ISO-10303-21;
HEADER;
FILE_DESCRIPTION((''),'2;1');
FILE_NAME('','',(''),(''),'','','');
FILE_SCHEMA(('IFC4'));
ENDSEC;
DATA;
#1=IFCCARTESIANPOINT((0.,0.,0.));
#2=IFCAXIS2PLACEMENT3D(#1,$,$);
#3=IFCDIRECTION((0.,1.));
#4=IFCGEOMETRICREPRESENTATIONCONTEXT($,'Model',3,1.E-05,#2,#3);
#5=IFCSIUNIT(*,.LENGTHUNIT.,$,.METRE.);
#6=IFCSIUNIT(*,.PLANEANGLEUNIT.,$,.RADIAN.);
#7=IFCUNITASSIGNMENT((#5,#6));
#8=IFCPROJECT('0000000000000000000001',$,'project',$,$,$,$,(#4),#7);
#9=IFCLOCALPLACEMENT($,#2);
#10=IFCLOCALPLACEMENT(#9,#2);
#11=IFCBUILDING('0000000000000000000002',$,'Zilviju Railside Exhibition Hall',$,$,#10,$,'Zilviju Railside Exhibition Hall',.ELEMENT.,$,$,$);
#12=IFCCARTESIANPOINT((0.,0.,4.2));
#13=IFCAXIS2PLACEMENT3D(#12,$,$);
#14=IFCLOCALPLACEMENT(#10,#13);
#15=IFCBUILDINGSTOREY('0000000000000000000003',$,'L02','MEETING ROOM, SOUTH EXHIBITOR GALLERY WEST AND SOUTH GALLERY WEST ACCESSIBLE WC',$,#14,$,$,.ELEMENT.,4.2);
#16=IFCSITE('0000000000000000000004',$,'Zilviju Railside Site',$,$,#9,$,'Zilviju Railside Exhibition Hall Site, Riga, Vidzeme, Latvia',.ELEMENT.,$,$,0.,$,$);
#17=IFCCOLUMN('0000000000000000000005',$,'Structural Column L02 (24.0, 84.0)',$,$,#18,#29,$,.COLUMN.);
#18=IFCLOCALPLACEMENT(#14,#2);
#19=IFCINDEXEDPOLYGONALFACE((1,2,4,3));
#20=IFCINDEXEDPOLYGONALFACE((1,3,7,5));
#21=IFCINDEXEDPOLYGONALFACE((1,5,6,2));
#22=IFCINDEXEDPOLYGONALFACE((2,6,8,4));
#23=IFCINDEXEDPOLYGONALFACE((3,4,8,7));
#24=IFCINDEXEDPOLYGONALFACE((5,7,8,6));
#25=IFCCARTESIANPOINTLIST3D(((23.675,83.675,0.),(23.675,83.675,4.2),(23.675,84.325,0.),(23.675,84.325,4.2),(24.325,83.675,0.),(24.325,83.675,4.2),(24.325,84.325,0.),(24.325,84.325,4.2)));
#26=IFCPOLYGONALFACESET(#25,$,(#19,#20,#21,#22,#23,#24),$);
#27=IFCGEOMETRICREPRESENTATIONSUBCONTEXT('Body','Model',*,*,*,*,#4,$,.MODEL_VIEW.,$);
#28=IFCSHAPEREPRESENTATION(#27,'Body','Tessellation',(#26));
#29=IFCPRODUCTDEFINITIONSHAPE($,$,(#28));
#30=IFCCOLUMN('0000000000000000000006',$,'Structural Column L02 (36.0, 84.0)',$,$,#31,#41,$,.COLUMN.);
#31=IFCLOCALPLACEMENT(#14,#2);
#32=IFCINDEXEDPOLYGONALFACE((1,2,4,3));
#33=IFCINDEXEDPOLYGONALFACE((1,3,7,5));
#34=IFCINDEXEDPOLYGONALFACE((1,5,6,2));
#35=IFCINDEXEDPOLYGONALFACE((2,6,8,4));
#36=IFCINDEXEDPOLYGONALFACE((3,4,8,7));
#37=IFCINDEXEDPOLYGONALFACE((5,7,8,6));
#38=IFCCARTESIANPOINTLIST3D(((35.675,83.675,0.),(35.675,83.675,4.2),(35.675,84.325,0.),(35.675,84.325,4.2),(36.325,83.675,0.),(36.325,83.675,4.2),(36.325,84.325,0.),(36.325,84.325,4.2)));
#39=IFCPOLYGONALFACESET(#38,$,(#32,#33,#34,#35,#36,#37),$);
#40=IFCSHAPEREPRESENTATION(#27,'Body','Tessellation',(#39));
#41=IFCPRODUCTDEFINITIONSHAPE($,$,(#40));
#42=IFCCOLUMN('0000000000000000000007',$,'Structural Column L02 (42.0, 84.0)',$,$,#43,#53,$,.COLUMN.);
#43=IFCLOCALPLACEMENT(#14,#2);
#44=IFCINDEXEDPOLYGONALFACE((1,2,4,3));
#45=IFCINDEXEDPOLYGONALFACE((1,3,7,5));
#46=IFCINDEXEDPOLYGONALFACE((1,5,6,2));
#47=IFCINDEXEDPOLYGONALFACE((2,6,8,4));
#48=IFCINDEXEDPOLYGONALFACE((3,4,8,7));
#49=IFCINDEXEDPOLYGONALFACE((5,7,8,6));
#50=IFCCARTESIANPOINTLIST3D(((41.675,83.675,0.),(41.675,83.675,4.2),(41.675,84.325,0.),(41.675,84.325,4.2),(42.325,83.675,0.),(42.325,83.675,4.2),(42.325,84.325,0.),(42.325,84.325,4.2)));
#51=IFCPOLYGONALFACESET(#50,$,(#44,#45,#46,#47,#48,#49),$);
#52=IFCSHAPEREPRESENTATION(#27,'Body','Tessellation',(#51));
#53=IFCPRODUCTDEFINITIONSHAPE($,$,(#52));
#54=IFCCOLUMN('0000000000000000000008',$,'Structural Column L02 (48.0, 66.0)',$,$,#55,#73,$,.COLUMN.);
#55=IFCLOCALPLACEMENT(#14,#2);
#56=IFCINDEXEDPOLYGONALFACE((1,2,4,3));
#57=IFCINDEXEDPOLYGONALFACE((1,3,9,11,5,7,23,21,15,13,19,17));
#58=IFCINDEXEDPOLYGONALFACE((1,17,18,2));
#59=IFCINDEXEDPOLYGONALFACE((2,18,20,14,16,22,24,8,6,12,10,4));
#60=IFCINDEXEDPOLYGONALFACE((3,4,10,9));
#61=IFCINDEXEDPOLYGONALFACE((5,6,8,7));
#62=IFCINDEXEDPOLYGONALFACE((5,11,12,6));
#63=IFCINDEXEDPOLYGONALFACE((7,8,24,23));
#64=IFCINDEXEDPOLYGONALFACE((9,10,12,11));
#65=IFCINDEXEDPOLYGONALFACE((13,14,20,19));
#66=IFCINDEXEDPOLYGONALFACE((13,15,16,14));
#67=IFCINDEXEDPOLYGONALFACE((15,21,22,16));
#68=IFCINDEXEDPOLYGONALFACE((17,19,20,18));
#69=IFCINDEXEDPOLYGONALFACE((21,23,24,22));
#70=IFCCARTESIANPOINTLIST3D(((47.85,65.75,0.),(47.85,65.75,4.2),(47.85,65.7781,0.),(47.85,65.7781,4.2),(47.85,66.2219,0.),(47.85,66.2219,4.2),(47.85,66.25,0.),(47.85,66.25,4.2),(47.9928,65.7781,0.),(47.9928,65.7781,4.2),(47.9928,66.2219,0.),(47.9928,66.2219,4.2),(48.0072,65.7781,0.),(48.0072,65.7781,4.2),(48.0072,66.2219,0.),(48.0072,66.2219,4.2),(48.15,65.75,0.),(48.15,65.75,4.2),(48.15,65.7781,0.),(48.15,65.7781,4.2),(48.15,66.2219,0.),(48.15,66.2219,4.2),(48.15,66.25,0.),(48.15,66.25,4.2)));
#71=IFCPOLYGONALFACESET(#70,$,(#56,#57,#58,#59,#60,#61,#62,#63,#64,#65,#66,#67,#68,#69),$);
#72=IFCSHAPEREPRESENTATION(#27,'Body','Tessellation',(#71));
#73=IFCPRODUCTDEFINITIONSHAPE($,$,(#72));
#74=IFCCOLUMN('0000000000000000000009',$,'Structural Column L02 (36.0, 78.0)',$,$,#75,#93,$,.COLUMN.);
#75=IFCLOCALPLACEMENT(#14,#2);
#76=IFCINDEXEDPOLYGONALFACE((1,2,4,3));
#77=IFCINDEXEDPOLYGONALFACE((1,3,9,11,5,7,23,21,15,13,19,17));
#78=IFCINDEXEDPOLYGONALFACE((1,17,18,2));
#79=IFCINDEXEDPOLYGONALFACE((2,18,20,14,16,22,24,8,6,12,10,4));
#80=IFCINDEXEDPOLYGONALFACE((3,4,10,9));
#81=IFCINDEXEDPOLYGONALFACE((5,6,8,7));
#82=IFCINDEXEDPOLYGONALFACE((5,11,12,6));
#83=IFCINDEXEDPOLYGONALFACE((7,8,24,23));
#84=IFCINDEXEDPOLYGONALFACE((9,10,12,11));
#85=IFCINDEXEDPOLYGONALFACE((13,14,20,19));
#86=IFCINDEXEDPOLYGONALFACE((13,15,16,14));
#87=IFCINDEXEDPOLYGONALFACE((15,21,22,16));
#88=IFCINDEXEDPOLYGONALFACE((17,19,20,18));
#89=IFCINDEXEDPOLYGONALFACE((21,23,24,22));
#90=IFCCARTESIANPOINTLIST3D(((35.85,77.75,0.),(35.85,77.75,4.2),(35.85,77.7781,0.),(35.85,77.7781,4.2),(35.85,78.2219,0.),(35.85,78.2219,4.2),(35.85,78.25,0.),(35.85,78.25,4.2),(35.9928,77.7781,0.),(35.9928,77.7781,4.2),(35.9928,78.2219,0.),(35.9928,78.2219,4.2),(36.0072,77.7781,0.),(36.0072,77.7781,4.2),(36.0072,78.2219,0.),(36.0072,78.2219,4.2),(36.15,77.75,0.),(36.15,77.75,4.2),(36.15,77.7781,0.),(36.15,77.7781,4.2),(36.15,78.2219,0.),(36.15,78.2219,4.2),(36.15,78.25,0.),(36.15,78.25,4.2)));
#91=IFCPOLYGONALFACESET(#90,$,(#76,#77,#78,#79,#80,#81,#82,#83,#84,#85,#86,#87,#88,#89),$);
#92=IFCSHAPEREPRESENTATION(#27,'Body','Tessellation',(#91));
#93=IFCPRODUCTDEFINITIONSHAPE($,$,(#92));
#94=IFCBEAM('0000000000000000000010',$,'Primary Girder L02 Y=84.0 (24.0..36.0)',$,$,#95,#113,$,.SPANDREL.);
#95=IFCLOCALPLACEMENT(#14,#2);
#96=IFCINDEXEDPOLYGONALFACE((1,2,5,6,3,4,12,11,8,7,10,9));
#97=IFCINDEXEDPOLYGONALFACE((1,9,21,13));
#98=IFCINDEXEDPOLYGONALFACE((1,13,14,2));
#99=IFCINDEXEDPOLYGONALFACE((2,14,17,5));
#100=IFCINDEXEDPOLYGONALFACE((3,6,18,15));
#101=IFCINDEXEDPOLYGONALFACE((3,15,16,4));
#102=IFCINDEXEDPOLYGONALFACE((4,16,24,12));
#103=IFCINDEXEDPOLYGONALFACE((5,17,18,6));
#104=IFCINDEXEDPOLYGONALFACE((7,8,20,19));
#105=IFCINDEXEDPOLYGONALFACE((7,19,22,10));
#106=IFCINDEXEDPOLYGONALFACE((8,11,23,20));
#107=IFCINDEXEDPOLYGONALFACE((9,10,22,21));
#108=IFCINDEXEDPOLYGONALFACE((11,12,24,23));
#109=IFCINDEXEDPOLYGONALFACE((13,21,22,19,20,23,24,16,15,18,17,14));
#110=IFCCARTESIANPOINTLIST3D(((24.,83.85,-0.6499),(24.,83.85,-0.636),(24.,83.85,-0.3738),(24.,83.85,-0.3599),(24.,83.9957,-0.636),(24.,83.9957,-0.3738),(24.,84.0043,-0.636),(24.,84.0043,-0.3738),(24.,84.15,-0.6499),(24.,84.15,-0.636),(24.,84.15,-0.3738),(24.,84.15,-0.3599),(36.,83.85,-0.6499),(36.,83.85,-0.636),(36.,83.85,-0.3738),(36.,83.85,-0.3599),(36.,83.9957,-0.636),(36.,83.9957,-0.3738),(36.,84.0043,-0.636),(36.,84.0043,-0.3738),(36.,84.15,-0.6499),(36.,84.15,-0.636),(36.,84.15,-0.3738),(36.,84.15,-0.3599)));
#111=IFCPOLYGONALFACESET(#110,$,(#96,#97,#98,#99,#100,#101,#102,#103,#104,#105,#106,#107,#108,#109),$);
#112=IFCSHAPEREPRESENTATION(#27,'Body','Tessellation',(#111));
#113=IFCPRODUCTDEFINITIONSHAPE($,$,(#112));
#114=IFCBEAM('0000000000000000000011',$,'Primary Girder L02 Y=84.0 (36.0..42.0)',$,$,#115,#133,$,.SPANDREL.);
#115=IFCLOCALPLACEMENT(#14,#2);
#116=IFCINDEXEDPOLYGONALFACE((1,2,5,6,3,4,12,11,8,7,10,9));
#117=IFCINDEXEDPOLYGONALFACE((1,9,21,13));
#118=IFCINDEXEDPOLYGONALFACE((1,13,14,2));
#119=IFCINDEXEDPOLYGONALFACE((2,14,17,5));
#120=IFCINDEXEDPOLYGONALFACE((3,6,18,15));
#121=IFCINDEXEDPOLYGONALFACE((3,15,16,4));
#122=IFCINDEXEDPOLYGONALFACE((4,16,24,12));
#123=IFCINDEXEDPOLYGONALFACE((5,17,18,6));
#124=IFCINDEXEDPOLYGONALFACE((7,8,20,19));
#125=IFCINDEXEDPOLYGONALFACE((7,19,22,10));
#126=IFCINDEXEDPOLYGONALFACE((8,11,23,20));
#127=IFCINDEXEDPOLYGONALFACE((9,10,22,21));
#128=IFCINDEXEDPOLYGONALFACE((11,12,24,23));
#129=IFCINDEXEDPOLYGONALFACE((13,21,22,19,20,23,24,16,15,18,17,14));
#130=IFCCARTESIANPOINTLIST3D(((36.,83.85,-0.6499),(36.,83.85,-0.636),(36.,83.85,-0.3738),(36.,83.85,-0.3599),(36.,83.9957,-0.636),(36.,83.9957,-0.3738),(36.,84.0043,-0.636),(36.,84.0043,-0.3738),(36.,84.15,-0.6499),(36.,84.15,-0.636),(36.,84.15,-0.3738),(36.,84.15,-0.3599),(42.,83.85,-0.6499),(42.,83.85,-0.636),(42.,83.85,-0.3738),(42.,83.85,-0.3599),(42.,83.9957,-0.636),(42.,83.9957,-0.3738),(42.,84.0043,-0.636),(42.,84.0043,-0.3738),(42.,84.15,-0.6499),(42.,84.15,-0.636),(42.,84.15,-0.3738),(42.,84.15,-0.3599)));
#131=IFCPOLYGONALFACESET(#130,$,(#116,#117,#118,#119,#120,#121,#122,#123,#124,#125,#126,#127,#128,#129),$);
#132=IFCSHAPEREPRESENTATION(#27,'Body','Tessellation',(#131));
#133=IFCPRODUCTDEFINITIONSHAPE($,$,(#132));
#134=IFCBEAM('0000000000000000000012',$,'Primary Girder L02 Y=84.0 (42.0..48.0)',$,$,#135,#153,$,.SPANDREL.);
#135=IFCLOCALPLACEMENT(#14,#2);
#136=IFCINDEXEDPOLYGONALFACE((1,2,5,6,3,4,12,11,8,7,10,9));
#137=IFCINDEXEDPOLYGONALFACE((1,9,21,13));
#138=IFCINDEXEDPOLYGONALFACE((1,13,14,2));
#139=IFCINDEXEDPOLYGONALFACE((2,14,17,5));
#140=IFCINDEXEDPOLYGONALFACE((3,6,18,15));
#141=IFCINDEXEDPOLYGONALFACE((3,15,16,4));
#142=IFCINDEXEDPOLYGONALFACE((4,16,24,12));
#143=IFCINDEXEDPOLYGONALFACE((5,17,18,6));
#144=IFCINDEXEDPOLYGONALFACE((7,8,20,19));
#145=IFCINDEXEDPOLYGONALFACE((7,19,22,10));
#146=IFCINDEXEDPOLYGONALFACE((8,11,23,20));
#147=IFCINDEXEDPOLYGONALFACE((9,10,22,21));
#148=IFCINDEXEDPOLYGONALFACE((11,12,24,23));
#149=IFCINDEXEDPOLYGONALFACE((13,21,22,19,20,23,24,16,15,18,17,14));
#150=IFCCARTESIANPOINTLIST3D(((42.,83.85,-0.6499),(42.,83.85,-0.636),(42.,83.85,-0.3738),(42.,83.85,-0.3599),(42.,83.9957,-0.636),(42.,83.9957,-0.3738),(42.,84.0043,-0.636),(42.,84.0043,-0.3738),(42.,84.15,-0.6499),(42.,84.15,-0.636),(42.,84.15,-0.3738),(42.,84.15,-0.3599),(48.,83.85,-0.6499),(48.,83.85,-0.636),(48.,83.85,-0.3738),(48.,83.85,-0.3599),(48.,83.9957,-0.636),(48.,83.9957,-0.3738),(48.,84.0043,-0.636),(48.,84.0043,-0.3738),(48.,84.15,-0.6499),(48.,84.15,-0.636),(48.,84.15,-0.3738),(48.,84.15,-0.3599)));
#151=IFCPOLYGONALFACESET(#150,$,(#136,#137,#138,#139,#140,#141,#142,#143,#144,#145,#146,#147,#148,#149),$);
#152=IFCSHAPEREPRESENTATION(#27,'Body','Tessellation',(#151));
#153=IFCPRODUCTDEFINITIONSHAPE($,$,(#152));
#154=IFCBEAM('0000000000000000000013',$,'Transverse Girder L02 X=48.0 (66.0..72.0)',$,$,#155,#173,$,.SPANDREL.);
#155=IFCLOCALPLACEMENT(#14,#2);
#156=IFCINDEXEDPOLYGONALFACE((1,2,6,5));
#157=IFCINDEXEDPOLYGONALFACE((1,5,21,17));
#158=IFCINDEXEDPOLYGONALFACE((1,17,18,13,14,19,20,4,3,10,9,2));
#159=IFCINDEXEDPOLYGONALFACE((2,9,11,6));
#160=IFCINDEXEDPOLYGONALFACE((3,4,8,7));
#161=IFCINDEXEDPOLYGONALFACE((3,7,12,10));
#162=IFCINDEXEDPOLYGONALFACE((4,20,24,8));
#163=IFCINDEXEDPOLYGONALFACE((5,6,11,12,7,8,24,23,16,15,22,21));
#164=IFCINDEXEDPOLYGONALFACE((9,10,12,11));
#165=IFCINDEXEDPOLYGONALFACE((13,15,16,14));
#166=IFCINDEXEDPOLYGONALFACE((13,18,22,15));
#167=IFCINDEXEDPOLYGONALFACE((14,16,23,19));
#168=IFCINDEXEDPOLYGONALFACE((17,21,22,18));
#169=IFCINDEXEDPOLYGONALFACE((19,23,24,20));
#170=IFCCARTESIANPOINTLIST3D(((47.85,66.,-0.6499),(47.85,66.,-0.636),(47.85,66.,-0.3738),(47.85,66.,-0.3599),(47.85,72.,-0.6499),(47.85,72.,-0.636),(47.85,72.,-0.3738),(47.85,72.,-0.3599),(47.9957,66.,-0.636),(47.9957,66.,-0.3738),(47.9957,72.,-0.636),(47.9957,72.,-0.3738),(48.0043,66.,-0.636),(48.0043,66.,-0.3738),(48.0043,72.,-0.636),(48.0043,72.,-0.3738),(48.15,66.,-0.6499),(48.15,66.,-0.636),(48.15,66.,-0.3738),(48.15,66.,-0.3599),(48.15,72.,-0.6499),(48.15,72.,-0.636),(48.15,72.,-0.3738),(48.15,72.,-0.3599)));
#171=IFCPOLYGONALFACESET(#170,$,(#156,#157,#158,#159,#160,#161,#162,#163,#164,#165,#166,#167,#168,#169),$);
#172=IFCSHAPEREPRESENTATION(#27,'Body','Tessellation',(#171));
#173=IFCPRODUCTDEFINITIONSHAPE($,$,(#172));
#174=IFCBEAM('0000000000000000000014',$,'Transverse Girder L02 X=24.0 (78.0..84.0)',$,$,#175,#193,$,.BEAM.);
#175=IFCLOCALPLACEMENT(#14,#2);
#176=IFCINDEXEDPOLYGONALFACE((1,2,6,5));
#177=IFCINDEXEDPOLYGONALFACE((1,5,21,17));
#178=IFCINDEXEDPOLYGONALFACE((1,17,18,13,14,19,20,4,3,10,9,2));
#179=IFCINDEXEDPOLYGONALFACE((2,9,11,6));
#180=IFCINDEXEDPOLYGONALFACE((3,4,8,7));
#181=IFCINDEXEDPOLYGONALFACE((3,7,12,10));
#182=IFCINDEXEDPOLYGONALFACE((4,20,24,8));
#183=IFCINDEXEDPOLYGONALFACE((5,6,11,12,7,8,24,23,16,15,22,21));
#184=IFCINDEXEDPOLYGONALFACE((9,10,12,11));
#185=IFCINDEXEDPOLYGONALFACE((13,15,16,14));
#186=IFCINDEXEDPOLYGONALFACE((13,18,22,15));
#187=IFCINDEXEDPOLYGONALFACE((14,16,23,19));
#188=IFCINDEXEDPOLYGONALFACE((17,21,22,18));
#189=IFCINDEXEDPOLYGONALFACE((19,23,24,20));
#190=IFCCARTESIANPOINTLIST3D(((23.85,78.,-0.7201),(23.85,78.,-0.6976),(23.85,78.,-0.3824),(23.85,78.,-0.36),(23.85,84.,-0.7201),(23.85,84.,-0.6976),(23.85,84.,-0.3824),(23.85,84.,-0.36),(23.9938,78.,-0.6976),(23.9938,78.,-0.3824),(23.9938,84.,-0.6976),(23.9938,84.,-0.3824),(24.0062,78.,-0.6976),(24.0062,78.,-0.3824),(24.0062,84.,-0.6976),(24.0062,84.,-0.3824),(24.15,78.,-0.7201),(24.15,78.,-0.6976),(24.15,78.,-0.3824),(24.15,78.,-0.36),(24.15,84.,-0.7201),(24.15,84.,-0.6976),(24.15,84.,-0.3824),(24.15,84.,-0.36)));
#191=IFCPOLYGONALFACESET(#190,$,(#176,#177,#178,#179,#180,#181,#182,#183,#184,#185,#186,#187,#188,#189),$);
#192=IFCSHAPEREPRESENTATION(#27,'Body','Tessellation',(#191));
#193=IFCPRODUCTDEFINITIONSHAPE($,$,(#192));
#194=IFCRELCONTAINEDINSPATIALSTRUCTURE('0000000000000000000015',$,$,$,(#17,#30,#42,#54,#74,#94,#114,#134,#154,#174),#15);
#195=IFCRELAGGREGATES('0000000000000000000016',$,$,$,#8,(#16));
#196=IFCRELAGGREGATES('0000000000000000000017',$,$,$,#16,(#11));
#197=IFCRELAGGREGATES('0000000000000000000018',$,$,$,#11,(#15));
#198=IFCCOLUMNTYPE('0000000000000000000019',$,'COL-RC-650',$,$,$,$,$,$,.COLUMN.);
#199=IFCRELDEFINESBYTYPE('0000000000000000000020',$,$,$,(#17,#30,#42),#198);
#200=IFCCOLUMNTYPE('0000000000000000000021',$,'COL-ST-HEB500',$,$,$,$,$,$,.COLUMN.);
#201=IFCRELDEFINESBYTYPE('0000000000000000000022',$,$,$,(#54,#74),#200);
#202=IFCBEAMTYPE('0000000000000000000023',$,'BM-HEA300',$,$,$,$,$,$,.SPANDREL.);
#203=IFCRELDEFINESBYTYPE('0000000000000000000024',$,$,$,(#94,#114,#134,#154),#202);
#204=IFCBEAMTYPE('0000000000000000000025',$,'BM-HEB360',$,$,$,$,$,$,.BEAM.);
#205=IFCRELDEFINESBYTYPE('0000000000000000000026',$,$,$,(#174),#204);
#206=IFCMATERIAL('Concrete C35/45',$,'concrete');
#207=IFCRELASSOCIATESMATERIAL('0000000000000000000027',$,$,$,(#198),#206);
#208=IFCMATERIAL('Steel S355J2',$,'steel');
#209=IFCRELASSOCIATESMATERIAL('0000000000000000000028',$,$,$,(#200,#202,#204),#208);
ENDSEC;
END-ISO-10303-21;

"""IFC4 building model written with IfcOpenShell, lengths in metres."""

from ifc_helpers import new_model, si_unit, direction, frame, origin, origin_2d, place, context, subcontext, project, spatial, rectangle, i_section, extrude, material, material_profile, profile_set, type_object, element, save


model = new_model("IFC4")

# Units and contexts
model_context = context("Model", 3, precision=1e-05, world=origin(), true_north=direction((0.0, 1.0)))
body_context = subcontext(model_context, "Body", "Model", "MODEL_VIEW")
ifc_project = project(units=[si_unit("LENGTHUNIT", "METRE"), si_unit("PLANEANGLEUNIT", "RADIAN")], contexts=[model_context])

# Site, building, storey
site_placement = place(None, origin())
site = spatial("IfcSite", under=ifc_project, at=site_placement, Name="Zilviju Railside Site", LongName="Zilviju Railside Exhibition Hall Site, Riga, Vidzeme, Latvia", CompositionType="ELEMENT", RefElevation=0.0)
building_placement = place(site_placement, origin())
building = spatial("IfcBuilding", under=site, at=building_placement, Name="Zilviju Railside Exhibition Hall", LongName="Zilviju Railside Exhibition Hall", CompositionType="ELEMENT")
storey_placement = place(building_placement, frame((0.0, 0.0, 4.2)))
storey = spatial("IfcBuildingStorey", under=building, at=storey_placement, Name="L02", Description="MEETING ROOM, SOUTH EXHIBITOR GALLERY WEST AND SOUTH GALLERY WEST ACCESSIBLE WC", CompositionType="ELEMENT", Elevation=4.2)

# Columns
ifc_material_1 = material(Name="Concrete C35/45", Category="concrete")
ifc_material_profile_1 = material_profile(ifc_material_1, rectangle(XDim=0.6499, YDim=0.6499, at=origin_2d()), Name="RC COL 650x650")
ifc_profile_set_1 = profile_set([ifc_material_profile_1], Name="Concrete C35/45")
column_type_1 = type_object("IfcColumnType", Name="COL-RC-650", PredefinedType="COLUMN", material=ifc_profile_set_1)
for number, where, z_axis, x_axis, name in (
    (1, (24.0, 84.0, 0.0), (0.0, 0.0, 1.0), (1.0, 0.0, 0.0), "Structural Column L02 (24.0, 84.0)"),
    (2, (36.0, 84.0, 0.0), (0.0, 0.0, 1.0), (1.0, 0.0, 0.0), "Structural Column L02 (36.0, 84.0)"),
    (3, (42.0, 84.0, 0.0), (0.0, 0.0, 1.0), (1.0, 0.0, 0.0), "Structural Column L02 (42.0, 84.0)"),
):
    element("IfcColumn", number, at=place(storey_placement, frame(where, z_axis=z_axis, x_axis=x_axis)), inside=storey, type_object=column_type_1, Name=name, PredefinedType="COLUMN", context=body_context, shape_type="SweptSolid", body=[
        extrude(rectangle(XDim=0.6499, YDim=0.6499, at=origin_2d()), origin(), (0.0, 0.0, 1.0), 4.2),
    ])
ifc_material_2 = material(Name="Steel S355J2", Category="steel")
ifc_material_profile_2 = material_profile(ifc_material_2, i_section(OverallWidth=0.3, OverallDepth=0.5, WebThickness=0.0144, FlangeThickness=0.0281, at=origin_2d()), Name="HEB 500")
ifc_profile_set_2 = profile_set([ifc_material_profile_2], Name="Steel S355J2")
column_type_2 = type_object("IfcColumnType", Name="COL-ST-HEB500", PredefinedType="COLUMN", material=ifc_profile_set_2)
for number, where, z_axis, x_axis, name in (
    (4, (48.0, 66.0, 0.0), (0.0, 0.0, 1.0), (1.0, 0.0, 0.0), "Structural Column L02 (48.0, 66.0)"),
    (5, (36.0, 78.0, 0.0), (0.0, 0.0, 1.0), (1.0, 0.0, 0.0), "Structural Column L02 (36.0, 78.0)"),
):
    element("IfcColumn", number, at=place(storey_placement, frame(where, z_axis=z_axis, x_axis=x_axis)), inside=storey, type_object=column_type_2, Name=name, PredefinedType="COLUMN", context=body_context, shape_type="SweptSolid", body=[
        extrude(i_section(OverallWidth=0.3, OverallDepth=0.5, WebThickness=0.0144, FlangeThickness=0.0281, at=origin_2d()), origin(), (0.0, 0.0, 1.0), 4.2),
    ])

# Beams
ifc_material_profile_3 = material_profile(ifc_material_2, i_section(OverallWidth=0.3, OverallDepth=0.29, WebThickness=0.0085, FlangeThickness=0.0139, at=origin_2d()), Name="HEA 300")
ifc_profile_set_3 = profile_set([ifc_material_profile_3], Name="Steel S355J2")
beam_type_1 = type_object("IfcBeamType", Name="BM-HEA300", PredefinedType="SPANDREL", material=ifc_profile_set_3)
beam_1_placement = place(storey_placement, frame((24.0, 84.0, -0.5049), z_axis=(1.0, 0.0, 0.0), x_axis=(0.0, 1.0, 0.0)))
element("IfcBeam", 6, at=beam_1_placement, inside=storey, type_object=beam_type_1, Name="Primary Girder L02 Y=84.0 (24.0..36.0)", PredefinedType="SPANDREL", context=body_context, shape_type="SweptSolid", body=[
    extrude(i_section(OverallWidth=0.3, OverallDepth=0.29, WebThickness=0.0085, FlangeThickness=0.0139, at=origin_2d()), origin(), (0.0, 0.0, 1.0), 12.0),
])
for number, where, z_axis, x_axis, name in (
    (7, (36.0, 84.0, -0.5049), (1.0, 0.0, 0.0), (0.0, 1.0, 0.0), "Primary Girder L02 Y=84.0 (36.0..42.0)"),
    (8, (42.0, 84.0, -0.5049), (1.0, 0.0, 0.0), (0.0, 1.0, 0.0), "Primary Girder L02 Y=84.0 (42.0..48.0)"),
    (9, (48.0, 66.0, -0.5049), (0.0, 1.0, 0.0), (-1.0, 0.0, 0.0), "Transverse Girder L02 X=48.0 (66.0..72.0)"),
):
    element("IfcBeam", number, at=place(storey_placement, frame(where, z_axis=z_axis, x_axis=x_axis)), inside=storey, type_object=beam_type_1, Name=name, PredefinedType="SPANDREL", context=body_context, shape_type="SweptSolid", body=[
        extrude(i_section(OverallWidth=0.3, OverallDepth=0.29, WebThickness=0.0085, FlangeThickness=0.0139, at=origin_2d()), origin(), (0.0, 0.0, 1.0), 6.0),
    ])
ifc_material_profile_4 = material_profile(ifc_material_2, i_section(OverallWidth=0.3, OverallDepth=0.3601, WebThickness=0.0125, FlangeThickness=0.0225, at=origin_2d()), Name="HEB 360")
ifc_profile_set_4 = profile_set([ifc_material_profile_4], Name="Steel S355J2")
beam_type_2 = type_object("IfcBeamType", Name="BM-HEB360", PredefinedType="BEAM", material=ifc_profile_set_4)
for number, where, z_axis, x_axis, name in (
    (10, (24.0, 78.0, -0.54), (0.0, 1.0, 0.0), (-1.0, 0.0, 0.0), "Transverse Girder L02 X=24.0 (78.0..84.0)"),
):
    element("IfcBeam", number, at=place(storey_placement, frame(where, z_axis=z_axis, x_axis=x_axis)), inside=storey, type_object=beam_type_2, Name=name, PredefinedType="BEAM", context=body_context, shape_type="SweptSolid", body=[
        extrude(i_section(OverallWidth=0.3, OverallDepth=0.3601, WebThickness=0.0125, FlangeThickness=0.0225, at=origin_2d()), origin(), (0.0, 0.0, 1.0), 6.0),
    ])

save(model, "model.ifc")
